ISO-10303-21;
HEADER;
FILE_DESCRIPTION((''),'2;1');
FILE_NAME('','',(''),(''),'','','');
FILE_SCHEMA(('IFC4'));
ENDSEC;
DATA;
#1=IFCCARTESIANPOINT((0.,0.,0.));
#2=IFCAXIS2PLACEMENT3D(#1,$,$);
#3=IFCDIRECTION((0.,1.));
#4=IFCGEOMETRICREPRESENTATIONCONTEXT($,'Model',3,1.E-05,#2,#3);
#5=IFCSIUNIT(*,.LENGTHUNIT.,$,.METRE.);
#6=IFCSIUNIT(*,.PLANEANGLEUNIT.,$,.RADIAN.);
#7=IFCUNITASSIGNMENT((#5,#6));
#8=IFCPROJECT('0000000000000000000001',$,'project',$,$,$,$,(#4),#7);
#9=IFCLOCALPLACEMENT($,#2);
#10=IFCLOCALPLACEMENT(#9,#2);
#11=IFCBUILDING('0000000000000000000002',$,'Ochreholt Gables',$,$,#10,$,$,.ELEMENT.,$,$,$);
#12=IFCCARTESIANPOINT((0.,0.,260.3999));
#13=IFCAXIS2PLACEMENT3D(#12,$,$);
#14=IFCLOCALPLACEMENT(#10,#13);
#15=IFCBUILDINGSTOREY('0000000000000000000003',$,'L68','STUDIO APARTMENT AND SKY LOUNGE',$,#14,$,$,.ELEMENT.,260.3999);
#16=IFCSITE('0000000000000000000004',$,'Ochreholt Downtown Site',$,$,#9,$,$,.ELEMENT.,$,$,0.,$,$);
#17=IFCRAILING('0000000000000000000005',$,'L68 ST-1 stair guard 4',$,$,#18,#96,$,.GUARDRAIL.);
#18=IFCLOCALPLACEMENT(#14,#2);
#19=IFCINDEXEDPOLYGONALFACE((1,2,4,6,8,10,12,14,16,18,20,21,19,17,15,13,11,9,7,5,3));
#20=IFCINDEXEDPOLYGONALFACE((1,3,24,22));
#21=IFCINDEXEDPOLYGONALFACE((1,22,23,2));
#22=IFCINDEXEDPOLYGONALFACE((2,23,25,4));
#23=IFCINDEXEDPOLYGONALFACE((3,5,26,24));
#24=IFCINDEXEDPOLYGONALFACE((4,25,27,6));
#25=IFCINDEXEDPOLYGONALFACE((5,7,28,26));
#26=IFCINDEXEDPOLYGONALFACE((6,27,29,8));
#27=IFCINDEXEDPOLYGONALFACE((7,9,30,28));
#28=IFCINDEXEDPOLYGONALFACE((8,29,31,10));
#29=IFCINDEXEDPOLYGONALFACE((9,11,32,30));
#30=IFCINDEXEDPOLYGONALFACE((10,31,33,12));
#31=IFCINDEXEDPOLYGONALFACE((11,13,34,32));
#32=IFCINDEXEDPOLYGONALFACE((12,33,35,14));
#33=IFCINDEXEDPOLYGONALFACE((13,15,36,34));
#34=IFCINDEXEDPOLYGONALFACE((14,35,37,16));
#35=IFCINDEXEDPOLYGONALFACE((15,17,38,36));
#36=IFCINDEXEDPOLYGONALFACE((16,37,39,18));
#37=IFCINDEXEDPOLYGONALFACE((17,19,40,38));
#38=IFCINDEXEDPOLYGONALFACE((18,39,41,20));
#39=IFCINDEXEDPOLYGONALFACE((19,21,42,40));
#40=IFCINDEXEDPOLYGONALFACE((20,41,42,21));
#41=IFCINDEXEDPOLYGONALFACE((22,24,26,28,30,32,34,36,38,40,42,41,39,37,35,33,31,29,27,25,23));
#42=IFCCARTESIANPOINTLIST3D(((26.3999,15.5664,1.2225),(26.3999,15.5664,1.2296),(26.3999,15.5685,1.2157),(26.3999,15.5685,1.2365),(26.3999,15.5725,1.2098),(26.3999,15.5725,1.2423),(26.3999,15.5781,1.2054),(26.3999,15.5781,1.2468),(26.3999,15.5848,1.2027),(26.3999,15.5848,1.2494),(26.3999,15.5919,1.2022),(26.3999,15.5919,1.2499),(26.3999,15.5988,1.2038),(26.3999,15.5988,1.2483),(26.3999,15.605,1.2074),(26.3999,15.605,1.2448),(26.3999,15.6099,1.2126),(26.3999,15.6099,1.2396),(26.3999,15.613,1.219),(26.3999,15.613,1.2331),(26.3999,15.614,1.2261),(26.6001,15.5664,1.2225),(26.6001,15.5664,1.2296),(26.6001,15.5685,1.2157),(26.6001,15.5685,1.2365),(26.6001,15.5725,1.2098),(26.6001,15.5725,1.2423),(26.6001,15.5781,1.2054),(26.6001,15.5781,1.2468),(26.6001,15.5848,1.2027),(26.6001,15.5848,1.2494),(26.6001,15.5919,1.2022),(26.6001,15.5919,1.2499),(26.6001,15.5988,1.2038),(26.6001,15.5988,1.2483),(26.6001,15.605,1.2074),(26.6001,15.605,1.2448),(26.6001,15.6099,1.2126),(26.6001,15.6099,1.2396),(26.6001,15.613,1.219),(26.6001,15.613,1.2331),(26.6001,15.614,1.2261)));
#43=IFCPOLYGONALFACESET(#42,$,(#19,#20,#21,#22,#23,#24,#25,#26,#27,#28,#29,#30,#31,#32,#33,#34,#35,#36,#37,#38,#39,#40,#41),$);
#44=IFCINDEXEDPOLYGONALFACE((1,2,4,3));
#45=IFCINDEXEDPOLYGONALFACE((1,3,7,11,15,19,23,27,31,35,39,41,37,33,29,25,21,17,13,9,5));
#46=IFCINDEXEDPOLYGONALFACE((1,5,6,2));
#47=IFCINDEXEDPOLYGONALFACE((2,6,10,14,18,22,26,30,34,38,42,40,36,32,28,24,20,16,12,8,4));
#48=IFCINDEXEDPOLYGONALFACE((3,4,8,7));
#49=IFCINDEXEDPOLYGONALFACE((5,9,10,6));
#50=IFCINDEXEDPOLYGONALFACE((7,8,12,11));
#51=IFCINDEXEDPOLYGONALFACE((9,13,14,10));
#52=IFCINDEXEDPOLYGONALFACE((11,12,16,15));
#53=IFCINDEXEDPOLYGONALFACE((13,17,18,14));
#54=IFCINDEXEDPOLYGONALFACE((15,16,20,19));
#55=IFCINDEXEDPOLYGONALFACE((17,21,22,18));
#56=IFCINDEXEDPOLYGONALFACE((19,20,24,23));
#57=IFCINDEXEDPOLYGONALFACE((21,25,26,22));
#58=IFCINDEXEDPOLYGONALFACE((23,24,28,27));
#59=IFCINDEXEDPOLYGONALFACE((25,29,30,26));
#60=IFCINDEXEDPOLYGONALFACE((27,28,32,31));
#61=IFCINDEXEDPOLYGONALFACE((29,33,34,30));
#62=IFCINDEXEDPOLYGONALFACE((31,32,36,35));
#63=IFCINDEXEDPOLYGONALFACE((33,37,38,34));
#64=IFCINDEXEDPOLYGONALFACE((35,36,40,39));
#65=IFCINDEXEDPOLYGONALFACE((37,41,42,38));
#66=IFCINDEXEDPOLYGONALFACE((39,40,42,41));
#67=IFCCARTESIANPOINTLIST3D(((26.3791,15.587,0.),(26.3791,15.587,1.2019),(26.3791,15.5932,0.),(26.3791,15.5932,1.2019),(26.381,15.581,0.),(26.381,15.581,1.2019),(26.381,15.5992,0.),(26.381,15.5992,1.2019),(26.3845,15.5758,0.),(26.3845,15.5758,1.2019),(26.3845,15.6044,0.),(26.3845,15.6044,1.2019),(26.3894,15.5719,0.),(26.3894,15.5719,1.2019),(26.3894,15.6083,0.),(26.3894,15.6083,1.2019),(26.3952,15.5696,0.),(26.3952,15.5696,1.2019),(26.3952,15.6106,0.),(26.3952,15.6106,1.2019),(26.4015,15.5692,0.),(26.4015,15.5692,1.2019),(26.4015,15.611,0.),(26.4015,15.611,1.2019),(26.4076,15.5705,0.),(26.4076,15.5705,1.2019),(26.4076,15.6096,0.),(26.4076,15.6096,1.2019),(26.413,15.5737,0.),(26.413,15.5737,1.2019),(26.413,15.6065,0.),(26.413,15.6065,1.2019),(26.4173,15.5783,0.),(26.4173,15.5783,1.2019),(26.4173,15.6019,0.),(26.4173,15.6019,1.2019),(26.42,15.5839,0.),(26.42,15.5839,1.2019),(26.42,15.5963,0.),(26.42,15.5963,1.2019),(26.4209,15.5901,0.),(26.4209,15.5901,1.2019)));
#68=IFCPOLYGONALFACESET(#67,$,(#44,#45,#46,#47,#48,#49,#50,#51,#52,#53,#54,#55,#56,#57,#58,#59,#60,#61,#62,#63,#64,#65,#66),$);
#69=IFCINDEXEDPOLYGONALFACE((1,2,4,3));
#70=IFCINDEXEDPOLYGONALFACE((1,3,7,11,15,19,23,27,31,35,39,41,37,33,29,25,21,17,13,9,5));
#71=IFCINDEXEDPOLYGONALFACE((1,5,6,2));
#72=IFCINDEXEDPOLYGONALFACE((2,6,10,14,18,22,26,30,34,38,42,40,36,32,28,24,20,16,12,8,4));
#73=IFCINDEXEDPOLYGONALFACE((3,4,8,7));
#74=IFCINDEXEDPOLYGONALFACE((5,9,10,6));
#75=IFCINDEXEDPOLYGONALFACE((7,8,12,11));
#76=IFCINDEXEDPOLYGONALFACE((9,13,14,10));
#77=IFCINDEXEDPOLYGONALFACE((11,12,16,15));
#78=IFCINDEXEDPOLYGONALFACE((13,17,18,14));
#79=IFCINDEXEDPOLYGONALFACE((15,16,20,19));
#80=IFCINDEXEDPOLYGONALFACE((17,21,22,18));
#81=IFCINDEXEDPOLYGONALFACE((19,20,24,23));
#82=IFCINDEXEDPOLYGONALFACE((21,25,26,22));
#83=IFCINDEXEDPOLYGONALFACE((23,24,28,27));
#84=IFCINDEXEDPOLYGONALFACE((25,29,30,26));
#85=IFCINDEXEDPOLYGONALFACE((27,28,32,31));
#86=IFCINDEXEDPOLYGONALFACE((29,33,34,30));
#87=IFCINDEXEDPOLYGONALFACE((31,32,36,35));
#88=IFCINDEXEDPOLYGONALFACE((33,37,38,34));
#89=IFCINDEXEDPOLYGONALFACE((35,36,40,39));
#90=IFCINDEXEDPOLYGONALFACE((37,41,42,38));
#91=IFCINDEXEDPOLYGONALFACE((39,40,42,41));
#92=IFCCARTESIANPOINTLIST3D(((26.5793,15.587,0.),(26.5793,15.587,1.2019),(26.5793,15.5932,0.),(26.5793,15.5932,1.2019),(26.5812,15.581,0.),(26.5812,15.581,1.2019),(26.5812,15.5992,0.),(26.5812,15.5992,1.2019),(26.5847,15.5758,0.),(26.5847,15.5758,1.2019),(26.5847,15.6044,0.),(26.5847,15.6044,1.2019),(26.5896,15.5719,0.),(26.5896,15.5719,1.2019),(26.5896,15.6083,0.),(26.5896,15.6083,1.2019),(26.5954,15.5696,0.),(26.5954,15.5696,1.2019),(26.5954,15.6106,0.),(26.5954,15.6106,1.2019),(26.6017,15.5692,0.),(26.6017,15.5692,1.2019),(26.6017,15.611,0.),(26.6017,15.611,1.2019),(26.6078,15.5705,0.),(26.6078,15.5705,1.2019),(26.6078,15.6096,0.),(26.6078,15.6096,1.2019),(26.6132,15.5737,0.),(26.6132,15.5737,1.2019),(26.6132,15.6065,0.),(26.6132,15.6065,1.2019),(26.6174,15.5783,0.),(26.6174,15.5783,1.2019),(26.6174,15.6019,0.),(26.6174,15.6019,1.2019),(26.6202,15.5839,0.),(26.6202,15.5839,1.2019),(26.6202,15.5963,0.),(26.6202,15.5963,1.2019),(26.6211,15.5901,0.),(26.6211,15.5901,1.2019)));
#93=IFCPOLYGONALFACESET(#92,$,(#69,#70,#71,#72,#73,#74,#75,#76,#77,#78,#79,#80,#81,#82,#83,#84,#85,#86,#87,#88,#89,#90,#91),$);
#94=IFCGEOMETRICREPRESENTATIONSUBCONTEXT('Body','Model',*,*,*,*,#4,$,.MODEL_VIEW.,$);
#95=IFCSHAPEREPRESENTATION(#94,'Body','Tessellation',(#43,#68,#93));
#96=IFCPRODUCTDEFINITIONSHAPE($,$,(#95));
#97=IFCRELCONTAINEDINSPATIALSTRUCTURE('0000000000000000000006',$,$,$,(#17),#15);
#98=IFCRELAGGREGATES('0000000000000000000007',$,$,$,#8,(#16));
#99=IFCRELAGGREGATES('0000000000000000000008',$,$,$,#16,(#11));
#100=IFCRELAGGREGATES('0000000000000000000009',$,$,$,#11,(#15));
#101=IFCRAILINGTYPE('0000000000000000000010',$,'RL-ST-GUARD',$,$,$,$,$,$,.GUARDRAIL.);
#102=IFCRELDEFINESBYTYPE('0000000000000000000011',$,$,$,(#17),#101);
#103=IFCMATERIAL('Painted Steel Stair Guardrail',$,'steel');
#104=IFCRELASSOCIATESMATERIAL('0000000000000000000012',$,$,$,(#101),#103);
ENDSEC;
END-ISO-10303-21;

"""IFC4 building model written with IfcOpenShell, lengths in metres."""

from ifc_helpers import new_model, si_unit, direction, frame, origin, origin_2d, place, context, subcontext, project, spatial, circle, extrude, material, type_object, element, save


model = new_model("IFC4")

# Units and contexts
model_context = context("Model", 3, precision=1e-05, world=origin(), true_north=direction((0.0, 1.0)))
body_context = subcontext(model_context, "Body", "Model", "MODEL_VIEW")
ifc_project = project(units=[si_unit("LENGTHUNIT", "METRE"), si_unit("PLANEANGLEUNIT", "RADIAN")], contexts=[model_context])

# Site, building, storey
site_placement = place(None, origin())
site = spatial("IfcSite", under=ifc_project, at=site_placement, Name="Ochreholt Downtown Site", CompositionType="ELEMENT", RefElevation=0.0)
building_placement = place(site_placement, origin())
building = spatial("IfcBuilding", under=site, at=building_placement, Name="Ochreholt Gables", CompositionType="ELEMENT")
storey_placement = place(building_placement, frame((0.0, 0.0, 260.3999)))
storey = spatial("IfcBuildingStorey", under=building, at=storey_placement, Name="L68", Description="STUDIO APARTMENT AND SKY LOUNGE", CompositionType="ELEMENT", Elevation=260.3999)

# Railing
ifc_material_1 = material(Name="Painted Steel Stair Guardrail", Category="steel")
railing_type_1 = type_object("IfcRailingType", Name="RL-ST-GUARD", PredefinedType="GUARDRAIL", material=ifc_material_1)
railing_1_placement = place(storey_placement, frame((26.3999, 15.5901, 0.0)))
element("IfcRailing", 1, at=railing_1_placement, inside=storey, type_object=railing_type_1, Name="L68 ST-1 stair guard 4", PredefinedType="GUARDRAIL", context=body_context, shape_type="SweptSolid", body=[
    extrude(circle(Radius=0.0239, at=origin_2d()), frame((0.0, 0.0, 1.2261), z_axis=(1.0, 0.0, 0.0), x_axis=(0.0, 1.0, 0.0)), (0.0, 0.0, 1.0), 0.2002),
    extrude(circle(Radius=0.021, at=origin_2d()), origin(), (0.0, 0.0, 1.0), 1.2019),
    extrude(circle(Radius=0.021, at=origin_2d()), frame((0.2002, 0.0, 0.0)), (0.0, 0.0, 1.0), 1.2019),
])

save(model, "model.ifc")
